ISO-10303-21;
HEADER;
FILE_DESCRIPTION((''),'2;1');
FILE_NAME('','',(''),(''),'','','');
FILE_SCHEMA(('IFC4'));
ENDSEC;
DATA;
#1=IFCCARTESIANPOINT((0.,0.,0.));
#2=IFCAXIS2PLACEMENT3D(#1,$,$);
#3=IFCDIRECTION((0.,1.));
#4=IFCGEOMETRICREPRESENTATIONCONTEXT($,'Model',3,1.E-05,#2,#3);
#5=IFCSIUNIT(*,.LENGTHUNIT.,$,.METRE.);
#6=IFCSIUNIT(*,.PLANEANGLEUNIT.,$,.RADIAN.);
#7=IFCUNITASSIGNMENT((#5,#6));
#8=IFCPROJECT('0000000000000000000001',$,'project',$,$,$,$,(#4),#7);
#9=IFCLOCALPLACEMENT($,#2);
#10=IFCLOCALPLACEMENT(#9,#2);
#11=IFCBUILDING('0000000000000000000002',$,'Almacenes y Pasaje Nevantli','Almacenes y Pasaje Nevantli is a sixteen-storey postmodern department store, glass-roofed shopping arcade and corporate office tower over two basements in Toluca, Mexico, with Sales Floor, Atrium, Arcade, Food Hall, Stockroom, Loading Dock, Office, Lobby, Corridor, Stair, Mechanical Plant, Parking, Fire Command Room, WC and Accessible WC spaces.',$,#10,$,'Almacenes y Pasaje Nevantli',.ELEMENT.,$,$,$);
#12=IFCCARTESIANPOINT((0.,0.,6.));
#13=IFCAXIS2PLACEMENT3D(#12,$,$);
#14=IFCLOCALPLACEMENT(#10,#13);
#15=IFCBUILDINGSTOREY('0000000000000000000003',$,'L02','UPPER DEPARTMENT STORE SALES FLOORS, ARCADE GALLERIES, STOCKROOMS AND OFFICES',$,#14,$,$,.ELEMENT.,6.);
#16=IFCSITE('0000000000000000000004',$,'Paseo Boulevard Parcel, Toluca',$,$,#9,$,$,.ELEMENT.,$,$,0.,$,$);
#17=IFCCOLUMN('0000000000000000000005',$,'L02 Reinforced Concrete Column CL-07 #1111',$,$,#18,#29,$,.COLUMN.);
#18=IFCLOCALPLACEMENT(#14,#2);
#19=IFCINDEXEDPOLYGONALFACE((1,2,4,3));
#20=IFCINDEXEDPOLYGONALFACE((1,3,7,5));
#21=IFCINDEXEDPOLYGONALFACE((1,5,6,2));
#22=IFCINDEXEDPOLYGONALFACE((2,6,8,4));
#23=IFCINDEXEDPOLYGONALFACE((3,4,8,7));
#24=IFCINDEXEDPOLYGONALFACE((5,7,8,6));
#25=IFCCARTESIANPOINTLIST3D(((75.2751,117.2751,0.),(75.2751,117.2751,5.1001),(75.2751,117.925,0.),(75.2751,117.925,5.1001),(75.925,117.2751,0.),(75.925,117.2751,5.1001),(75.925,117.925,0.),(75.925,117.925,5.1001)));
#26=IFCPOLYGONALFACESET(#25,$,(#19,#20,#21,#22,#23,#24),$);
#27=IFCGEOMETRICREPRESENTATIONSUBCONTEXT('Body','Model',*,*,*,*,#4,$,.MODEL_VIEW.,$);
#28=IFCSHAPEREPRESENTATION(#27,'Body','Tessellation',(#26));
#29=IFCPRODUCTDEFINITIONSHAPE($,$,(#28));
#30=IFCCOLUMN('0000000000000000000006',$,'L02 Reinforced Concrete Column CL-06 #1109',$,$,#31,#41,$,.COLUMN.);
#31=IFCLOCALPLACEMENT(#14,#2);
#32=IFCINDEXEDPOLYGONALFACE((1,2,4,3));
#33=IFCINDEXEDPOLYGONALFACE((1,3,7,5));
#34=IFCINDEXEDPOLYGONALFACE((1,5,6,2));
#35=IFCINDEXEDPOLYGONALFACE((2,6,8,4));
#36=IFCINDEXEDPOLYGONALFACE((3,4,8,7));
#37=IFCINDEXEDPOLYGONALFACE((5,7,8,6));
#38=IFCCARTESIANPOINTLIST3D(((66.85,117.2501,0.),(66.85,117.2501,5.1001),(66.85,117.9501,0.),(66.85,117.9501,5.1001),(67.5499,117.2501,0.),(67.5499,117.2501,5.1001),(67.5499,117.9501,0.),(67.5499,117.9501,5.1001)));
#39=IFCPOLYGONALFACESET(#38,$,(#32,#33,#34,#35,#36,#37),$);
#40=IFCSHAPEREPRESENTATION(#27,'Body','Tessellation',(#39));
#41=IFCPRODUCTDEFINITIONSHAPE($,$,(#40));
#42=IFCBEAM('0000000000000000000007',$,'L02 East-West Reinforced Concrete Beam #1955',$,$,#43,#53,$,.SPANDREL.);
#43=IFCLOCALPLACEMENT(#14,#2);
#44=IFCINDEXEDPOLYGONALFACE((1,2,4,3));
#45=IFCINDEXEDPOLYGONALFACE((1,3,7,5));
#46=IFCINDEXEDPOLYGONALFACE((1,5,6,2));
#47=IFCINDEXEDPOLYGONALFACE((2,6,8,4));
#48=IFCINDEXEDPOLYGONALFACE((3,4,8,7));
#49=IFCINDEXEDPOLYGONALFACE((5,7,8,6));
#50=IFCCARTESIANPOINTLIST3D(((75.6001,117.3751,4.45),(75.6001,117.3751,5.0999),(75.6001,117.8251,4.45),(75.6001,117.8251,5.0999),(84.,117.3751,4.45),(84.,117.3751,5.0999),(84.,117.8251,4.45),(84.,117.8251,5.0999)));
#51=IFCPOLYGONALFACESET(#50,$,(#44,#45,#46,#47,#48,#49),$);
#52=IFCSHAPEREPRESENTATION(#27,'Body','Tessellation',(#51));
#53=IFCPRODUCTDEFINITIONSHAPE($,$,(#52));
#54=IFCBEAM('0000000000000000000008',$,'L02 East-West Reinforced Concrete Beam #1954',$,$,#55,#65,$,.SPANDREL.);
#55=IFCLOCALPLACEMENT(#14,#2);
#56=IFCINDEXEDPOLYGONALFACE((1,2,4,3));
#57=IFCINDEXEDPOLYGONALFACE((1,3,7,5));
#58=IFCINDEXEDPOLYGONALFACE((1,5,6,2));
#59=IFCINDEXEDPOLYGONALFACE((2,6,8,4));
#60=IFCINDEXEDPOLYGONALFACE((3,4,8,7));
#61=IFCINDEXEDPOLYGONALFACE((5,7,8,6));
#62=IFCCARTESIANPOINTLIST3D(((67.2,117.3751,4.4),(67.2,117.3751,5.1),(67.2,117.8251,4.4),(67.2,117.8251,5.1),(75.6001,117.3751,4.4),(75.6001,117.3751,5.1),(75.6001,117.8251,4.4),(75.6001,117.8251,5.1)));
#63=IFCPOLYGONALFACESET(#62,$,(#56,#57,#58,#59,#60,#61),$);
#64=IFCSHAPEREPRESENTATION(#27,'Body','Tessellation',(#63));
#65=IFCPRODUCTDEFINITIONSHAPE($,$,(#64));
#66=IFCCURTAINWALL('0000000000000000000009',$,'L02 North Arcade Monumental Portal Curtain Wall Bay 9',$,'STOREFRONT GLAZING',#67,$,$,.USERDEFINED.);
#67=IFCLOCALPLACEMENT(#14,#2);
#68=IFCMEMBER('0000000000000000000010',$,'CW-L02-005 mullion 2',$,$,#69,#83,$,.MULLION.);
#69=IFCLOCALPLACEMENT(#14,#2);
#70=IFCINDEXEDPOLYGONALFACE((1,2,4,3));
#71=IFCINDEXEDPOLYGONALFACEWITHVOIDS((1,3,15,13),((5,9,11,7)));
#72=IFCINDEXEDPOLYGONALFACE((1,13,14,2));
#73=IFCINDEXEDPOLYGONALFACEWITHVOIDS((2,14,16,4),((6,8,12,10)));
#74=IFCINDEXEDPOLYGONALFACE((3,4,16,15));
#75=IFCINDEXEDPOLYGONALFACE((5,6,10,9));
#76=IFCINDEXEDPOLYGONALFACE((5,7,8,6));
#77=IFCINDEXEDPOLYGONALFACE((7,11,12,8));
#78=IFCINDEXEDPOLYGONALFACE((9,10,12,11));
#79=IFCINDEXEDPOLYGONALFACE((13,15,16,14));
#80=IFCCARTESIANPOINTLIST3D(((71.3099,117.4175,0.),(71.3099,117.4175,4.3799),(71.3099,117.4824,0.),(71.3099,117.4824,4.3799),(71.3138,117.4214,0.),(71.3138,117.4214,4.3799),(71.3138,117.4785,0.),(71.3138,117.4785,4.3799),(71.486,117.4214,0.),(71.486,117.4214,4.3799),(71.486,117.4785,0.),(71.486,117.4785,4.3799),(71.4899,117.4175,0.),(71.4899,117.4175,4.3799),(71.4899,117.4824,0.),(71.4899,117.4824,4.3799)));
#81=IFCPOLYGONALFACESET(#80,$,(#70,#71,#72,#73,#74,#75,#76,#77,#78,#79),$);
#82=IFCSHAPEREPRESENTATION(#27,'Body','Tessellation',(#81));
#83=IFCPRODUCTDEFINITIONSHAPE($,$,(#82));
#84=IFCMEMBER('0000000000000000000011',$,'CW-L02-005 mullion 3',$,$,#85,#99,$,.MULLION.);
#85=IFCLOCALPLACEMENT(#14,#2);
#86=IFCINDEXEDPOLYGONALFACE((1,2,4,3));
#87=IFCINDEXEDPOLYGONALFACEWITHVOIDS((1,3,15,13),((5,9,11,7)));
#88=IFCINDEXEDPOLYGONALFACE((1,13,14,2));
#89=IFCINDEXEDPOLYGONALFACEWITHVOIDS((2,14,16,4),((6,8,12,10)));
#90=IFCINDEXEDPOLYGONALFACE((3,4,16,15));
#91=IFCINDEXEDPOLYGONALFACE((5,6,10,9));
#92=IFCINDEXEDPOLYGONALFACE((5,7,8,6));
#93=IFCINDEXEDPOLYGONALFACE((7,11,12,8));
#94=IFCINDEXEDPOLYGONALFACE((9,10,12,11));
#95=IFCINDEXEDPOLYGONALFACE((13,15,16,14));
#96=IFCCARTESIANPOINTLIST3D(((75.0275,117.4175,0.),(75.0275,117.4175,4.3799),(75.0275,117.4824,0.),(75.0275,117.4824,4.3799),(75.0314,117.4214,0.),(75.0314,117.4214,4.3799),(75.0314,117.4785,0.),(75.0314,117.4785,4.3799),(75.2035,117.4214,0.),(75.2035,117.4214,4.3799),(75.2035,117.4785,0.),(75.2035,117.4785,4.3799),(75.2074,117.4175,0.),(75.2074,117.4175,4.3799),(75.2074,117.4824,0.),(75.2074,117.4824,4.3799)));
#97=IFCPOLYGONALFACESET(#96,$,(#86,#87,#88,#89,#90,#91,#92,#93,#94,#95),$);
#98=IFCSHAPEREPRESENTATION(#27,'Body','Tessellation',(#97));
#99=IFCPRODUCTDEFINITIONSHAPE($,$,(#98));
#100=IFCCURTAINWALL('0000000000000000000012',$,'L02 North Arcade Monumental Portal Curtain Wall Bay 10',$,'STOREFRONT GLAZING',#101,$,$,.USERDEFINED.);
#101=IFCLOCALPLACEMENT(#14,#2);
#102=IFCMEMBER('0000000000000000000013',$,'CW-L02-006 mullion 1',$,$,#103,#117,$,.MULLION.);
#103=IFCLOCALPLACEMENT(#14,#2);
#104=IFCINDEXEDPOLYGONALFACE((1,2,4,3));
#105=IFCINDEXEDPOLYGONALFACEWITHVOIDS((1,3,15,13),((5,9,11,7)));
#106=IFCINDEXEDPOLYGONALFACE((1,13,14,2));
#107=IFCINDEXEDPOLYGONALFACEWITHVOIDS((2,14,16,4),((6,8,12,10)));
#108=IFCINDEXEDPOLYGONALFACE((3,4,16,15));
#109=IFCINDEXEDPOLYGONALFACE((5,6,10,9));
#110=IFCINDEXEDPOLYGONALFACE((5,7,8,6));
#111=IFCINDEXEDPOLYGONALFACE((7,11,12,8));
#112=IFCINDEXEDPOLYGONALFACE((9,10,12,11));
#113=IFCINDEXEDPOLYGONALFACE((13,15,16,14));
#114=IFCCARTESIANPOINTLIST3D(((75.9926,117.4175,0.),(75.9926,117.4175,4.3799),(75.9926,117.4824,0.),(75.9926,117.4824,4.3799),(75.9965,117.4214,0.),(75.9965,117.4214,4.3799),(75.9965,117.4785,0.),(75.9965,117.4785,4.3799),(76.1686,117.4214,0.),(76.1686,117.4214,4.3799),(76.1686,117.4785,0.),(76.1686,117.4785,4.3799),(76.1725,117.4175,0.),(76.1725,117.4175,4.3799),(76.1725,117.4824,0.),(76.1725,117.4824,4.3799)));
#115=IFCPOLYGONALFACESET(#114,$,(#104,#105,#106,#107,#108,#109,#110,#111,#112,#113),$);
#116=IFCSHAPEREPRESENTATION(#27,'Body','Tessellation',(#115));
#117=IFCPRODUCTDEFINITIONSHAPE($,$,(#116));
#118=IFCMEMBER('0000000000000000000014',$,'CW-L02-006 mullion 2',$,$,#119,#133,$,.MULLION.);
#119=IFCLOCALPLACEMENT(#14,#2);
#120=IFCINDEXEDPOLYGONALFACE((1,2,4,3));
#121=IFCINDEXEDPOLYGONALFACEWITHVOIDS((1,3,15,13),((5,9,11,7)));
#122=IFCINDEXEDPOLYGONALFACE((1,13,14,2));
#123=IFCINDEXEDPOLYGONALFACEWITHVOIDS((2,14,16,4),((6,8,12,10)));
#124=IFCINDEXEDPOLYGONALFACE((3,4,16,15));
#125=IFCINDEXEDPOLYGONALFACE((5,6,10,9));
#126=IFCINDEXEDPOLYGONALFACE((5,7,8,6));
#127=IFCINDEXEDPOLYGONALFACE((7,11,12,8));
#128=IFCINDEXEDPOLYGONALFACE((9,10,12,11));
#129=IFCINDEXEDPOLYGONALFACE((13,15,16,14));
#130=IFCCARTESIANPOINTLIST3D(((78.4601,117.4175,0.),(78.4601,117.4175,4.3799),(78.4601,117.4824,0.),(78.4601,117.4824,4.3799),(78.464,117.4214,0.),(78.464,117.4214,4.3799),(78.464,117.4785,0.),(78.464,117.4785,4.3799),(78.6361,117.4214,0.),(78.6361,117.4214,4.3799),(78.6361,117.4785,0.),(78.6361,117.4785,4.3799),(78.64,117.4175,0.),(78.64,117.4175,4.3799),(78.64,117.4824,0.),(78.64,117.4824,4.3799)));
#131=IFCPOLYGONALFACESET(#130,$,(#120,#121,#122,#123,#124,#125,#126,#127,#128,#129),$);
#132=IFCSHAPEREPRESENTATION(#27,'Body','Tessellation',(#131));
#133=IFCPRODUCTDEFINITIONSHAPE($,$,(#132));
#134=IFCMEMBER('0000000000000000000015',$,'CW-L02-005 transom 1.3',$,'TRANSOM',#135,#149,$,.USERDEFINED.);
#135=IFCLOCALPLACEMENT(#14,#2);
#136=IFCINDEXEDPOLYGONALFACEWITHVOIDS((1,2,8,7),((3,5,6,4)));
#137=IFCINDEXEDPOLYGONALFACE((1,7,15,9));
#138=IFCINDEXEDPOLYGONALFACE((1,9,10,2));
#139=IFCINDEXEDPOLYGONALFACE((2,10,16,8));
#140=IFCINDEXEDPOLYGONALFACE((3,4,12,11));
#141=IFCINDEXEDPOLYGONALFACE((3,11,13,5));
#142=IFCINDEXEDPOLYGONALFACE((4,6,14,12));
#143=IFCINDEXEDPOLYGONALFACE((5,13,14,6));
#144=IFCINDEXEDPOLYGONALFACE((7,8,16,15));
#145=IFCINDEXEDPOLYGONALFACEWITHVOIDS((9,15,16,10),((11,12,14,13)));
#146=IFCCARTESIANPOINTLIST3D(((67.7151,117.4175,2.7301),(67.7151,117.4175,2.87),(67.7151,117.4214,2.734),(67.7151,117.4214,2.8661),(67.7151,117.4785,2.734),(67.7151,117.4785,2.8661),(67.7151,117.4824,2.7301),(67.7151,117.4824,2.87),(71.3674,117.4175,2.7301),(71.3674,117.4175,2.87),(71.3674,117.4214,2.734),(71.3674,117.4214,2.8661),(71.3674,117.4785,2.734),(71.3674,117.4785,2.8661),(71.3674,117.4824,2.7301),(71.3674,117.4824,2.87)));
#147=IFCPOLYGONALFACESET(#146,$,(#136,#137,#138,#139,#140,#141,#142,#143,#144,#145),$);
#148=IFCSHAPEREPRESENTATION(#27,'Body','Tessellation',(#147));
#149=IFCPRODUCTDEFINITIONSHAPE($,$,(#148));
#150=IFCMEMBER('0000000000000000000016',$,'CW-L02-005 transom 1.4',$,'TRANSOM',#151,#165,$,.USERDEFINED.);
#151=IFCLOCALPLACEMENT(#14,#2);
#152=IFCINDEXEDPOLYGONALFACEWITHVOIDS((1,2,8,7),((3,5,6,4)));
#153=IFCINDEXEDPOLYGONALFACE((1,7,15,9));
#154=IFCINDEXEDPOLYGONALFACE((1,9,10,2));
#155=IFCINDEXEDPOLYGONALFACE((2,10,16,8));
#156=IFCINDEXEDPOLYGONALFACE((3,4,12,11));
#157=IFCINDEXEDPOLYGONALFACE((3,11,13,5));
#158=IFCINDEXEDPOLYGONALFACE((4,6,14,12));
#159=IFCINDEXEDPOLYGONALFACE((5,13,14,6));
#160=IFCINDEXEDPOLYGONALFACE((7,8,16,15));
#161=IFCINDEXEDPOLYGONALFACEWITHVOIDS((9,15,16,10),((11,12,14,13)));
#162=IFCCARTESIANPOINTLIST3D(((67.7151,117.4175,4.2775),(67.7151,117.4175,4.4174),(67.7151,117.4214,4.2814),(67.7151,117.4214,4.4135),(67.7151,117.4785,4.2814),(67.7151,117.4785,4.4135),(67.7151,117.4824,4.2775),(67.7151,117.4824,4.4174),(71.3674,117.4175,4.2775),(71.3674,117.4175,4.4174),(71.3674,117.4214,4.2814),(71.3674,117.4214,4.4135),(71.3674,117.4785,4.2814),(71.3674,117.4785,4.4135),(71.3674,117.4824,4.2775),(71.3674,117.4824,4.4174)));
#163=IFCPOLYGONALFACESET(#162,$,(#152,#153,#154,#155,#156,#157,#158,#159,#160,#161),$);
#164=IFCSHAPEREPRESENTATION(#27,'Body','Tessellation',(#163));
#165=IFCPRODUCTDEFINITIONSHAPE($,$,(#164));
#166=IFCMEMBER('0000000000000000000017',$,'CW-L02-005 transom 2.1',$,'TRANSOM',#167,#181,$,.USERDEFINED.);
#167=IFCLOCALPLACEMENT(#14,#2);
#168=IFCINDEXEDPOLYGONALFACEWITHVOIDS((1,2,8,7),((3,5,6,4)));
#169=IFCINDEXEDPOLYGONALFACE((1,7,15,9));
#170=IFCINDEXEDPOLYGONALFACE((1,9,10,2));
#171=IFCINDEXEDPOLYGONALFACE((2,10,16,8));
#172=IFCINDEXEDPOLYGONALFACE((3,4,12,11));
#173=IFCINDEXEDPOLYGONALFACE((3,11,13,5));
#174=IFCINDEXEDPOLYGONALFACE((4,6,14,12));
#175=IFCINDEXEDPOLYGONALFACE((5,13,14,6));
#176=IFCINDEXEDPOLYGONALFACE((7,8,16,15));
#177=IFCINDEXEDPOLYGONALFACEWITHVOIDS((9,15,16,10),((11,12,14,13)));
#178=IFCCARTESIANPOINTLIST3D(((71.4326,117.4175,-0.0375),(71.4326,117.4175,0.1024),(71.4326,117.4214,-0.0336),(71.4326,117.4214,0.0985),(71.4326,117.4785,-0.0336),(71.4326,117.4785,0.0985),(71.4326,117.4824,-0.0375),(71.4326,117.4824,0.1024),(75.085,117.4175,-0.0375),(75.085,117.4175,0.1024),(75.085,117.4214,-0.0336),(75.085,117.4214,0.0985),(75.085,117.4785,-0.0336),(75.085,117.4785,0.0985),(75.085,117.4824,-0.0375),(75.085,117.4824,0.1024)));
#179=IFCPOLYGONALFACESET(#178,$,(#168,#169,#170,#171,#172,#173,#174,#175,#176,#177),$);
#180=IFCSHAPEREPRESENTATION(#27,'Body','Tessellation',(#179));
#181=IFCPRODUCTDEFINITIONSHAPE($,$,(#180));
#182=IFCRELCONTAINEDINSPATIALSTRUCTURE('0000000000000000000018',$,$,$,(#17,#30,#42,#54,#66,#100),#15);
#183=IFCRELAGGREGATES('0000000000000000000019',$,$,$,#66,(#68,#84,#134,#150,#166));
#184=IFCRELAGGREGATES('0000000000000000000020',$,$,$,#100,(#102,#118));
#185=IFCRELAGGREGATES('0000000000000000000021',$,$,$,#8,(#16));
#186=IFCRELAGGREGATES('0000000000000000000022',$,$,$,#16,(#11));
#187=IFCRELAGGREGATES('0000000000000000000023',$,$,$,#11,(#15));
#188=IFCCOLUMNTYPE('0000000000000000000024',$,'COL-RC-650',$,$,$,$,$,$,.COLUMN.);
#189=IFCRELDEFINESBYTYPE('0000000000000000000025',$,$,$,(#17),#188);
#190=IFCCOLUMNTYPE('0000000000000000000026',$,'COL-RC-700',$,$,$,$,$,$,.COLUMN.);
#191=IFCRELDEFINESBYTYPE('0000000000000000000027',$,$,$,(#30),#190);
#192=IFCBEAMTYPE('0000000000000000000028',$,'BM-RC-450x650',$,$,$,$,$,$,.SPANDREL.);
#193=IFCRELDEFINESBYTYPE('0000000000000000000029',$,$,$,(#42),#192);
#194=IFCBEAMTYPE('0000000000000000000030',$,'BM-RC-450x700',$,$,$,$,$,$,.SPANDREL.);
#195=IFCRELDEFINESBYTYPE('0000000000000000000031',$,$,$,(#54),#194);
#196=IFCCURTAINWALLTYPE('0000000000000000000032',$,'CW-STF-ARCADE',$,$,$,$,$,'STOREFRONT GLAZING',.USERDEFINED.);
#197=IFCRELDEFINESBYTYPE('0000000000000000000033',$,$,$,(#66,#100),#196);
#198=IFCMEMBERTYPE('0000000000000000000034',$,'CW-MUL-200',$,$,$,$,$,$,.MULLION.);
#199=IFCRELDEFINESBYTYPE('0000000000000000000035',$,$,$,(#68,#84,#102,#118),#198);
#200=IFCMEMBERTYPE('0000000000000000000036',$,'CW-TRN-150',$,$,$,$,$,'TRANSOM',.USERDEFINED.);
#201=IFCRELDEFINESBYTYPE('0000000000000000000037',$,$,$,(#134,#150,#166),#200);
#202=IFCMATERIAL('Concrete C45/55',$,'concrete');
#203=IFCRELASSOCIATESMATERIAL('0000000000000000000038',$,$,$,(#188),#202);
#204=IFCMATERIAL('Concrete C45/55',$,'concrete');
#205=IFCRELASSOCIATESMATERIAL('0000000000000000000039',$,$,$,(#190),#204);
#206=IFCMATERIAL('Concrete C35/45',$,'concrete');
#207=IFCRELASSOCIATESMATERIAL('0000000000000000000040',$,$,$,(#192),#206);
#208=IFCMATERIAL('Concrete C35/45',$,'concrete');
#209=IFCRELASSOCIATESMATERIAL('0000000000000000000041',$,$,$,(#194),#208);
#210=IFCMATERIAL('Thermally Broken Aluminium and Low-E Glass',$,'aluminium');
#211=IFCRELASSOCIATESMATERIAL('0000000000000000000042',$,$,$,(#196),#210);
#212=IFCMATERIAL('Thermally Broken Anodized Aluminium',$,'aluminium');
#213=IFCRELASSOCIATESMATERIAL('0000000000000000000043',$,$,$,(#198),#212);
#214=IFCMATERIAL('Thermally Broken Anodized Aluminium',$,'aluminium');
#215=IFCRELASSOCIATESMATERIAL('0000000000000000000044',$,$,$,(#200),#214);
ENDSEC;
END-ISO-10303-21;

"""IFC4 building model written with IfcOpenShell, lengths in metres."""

from ifc_helpers import new_model, si_unit, direction, frame, origin, origin_2d, place, context, subcontext, project, spatial, rectangle, hollow_rectangle, extrude, material, material_profile, profile_set, type_object, element, aggregate, save


model = new_model("IFC4")

# Units and contexts
model_context = context("Model", 3, precision=1e-05, world=origin(), true_north=direction((0.0, 1.0)))
body_context = subcontext(model_context, "Body", "Model", "MODEL_VIEW")
ifc_project = project(units=[si_unit("LENGTHUNIT", "METRE"), si_unit("PLANEANGLEUNIT", "RADIAN")], contexts=[model_context])

# Site, building, storey
site_placement = place(None, origin())
site = spatial("IfcSite", under=ifc_project, at=site_placement, Name="Paseo Boulevard Parcel, Toluca", CompositionType="ELEMENT", RefElevation=0.0)
building_placement = place(site_placement, origin())
building = spatial("IfcBuilding", under=site, at=building_placement, Name="Almacenes y Pasaje Nevantli", Description="Almacenes y Pasaje Nevantli is a sixteen-storey postmodern department store, glass-roofed shopping arcade and corporate office tower over two basements in Toluca, Mexico, with Sales Floor, Atrium, Arcade, Food Hall, Stockroom, Loading Dock, Office, Lobby, Corridor, Stair, Mechanical Plant, Parking, Fire Command Room, WC and Accessible WC spaces.", LongName="Almacenes y Pasaje Nevantli", CompositionType="ELEMENT")
storey_placement = place(building_placement, frame((0.0, 0.0, 6.0)))
storey = spatial("IfcBuildingStorey", under=building, at=storey_placement, Name="L02", Description="UPPER DEPARTMENT STORE SALES FLOORS, ARCADE GALLERIES, STOCKROOMS AND OFFICES", CompositionType="ELEMENT", Elevation=6.0)

# Columns
ifc_material_1 = material(Name="Concrete C45/55", Category="concrete")
ifc_material_profile_1 = material_profile(ifc_material_1, rectangle(XDim=0.6499, YDim=0.6499, at=origin_2d()), Name="RC-COL-650x650")
ifc_profile_set_1 = profile_set([ifc_material_profile_1], Name="Concrete C45/55")
column_type_1 = type_object("IfcColumnType", Name="COL-RC-650", PredefinedType="COLUMN", material=ifc_profile_set_1)
column_1_placement = place(storey_placement, frame((75.6001, 117.6001, 0.0), z_axis=(0.0, 0.0, 1.0), x_axis=(1.0, 0.0, 0.0)))
element("IfcColumn", 1, at=column_1_placement, inside=storey, type_object=column_type_1, Name="L02 Reinforced Concrete Column CL-07 #1111", PredefinedType="COLUMN", context=body_context, shape_type="SweptSolid", body=[
    extrude(rectangle(XDim=0.6499, YDim=0.6499, at=origin_2d()), origin(), (0.0, 0.0, 1.0), 5.1001),
])
ifc_material_2 = material(Name="Concrete C45/55", Category="concrete")
ifc_material_profile_2 = material_profile(ifc_material_2, rectangle(XDim=0.7, YDim=0.7, at=origin_2d()), Name="RC-COL-700x700")
ifc_profile_set_2 = profile_set([ifc_material_profile_2], Name="Concrete C45/55")
column_type_2 = type_object("IfcColumnType", Name="COL-RC-700", PredefinedType="COLUMN", material=ifc_profile_set_2)
column_2_placement = place(storey_placement, frame((67.2, 117.6001, 0.0), z_axis=(0.0, 0.0, 1.0), x_axis=(1.0, 0.0, 0.0)))
element("IfcColumn", 2, at=column_2_placement, inside=storey, type_object=column_type_2, Name="L02 Reinforced Concrete Column CL-06 #1109", PredefinedType="COLUMN", context=body_context, shape_type="SweptSolid", body=[
    extrude(rectangle(XDim=0.7, YDim=0.7, at=origin_2d()), origin(), (0.0, 0.0, 1.0), 5.1001),
])

# Beams
ifc_material_3 = material(Name="Concrete C35/45", Category="concrete")
ifc_material_profile_3 = material_profile(ifc_material_3, rectangle(XDim=0.45, YDim=0.6499, at=origin_2d()), Name="RC-BM-450x650")
ifc_profile_set_3 = profile_set([ifc_material_profile_3], Name="Concrete C35/45")
beam_type_1 = type_object("IfcBeamType", Name="BM-RC-450x650", PredefinedType="SPANDREL", material=ifc_profile_set_3)
beam_1_placement = place(storey_placement, frame((75.6001, 117.6001, 4.7749), z_axis=(1.0, 0.0, 0.0), x_axis=(0.0, 1.0, 0.0)))
element("IfcBeam", 3, at=beam_1_placement, inside=storey, type_object=beam_type_1, Name="L02 East-West Reinforced Concrete Beam #1955", PredefinedType="SPANDREL", context=body_context, shape_type="SweptSolid", body=[
    extrude(rectangle(XDim=0.45, YDim=0.6499, at=origin_2d()), origin(), (0.0, 0.0, 1.0), 8.3999),
])
ifc_material_4 = material(Name="Concrete C35/45", Category="concrete")
ifc_material_profile_4 = material_profile(ifc_material_4, rectangle(XDim=0.45, YDim=0.7, at=origin_2d()), Name="RC-BM-450x700")
ifc_profile_set_4 = profile_set([ifc_material_profile_4], Name="Concrete C35/45")
beam_type_2 = type_object("IfcBeamType", Name="BM-RC-450x700", PredefinedType="SPANDREL", material=ifc_profile_set_4)
beam_2_placement = place(storey_placement, frame((67.2, 117.6001, 4.75), z_axis=(1.0, 0.0, 0.0), x_axis=(0.0, 1.0, 0.0)))
element("IfcBeam", 4, at=beam_2_placement, inside=storey, type_object=beam_type_2, Name="L02 East-West Reinforced Concrete Beam #1954", PredefinedType="SPANDREL", context=body_context, shape_type="SweptSolid", body=[
    extrude(rectangle(XDim=0.45, YDim=0.7, at=origin_2d()), origin(), (0.0, 0.0, 1.0), 8.4001),
])

# Curtain walls, members
ifc_material_5 = material(Name="Thermally Broken Aluminium and Low-E Glass", Category="aluminium")
curtain_wall_type = type_object("IfcCurtainWallType", Name="CW-STF-ARCADE", ElementType="STOREFRONT GLAZING", PredefinedType="USERDEFINED", material=ifc_material_5)
curtain_wall_1_placement = place(storey_placement, origin())
curtain_wall_1 = element("IfcCurtainWall", 5, at=curtain_wall_1_placement, inside=storey, type_object=curtain_wall_type, Name="L02 North Arcade Monumental Portal Curtain Wall Bay 9", ObjectType="STOREFRONT GLAZING", PredefinedType="USERDEFINED")
ifc_material_6 = material(Name="Thermally Broken Anodized Aluminium", Category="aluminium")
ifc_material_profile_5 = material_profile(ifc_material_6, hollow_rectangle(XDim=0.0649, YDim=0.1799, WallThickness=0.0039, at=origin_2d()), Name="ALU-MUL-65x180")
ifc_profile_set_5 = profile_set([ifc_material_profile_5], Name="Thermally Broken Anodized Aluminium")
member_type_1 = type_object("IfcMemberType", Name="CW-MUL-200", PredefinedType="MULLION", material=ifc_profile_set_5)
member_1_placement = place(storey_placement, frame((71.3999, 117.45, 0.0), z_axis=(0.0, 0.0, 1.0), x_axis=(0.0, 1.0, 0.0)))
member_1 = element("IfcMember", 6, at=member_1_placement, type_object=member_type_1, Name="CW-L02-005 mullion 2", PredefinedType="MULLION", context=body_context, shape_type="SweptSolid", body=[
    extrude(hollow_rectangle(XDim=0.0649, YDim=0.1799, WallThickness=0.0039, at=origin_2d()), origin(), (0.0, 0.0, 1.0), 4.3799),
])
member_2_placement = place(storey_placement, frame((75.1174, 117.45, 0.0), z_axis=(0.0, 0.0, 1.0), x_axis=(0.0, 1.0, 0.0)))
member_2 = element("IfcMember", 7, at=member_2_placement, type_object=member_type_1, Name="CW-L02-005 mullion 3", PredefinedType="MULLION", context=body_context, shape_type="SweptSolid", body=[
    extrude(hollow_rectangle(XDim=0.0649, YDim=0.1799, WallThickness=0.0039, at=origin_2d()), origin(), (0.0, 0.0, 1.0), 4.3799),
])
curtain_wall_2_placement = place(storey_placement, origin())
curtain_wall_2 = element("IfcCurtainWall", 8, at=curtain_wall_2_placement, inside=storey, type_object=curtain_wall_type, Name="L02 North Arcade Monumental Portal Curtain Wall Bay 10", ObjectType="STOREFRONT GLAZING", PredefinedType="USERDEFINED")
member_3_placement = place(storey_placement, frame((76.0825, 117.45, 0.0), z_axis=(0.0, 0.0, 1.0), x_axis=(0.0, 1.0, 0.0)))
member_3 = element("IfcMember", 9, at=member_3_placement, type_object=member_type_1, Name="CW-L02-006 mullion 1", PredefinedType="MULLION", context=body_context, shape_type="SweptSolid", body=[
    extrude(hollow_rectangle(XDim=0.0649, YDim=0.1799, WallThickness=0.0039, at=origin_2d()), origin(), (0.0, 0.0, 1.0), 4.3799),
])
member_4_placement = place(storey_placement, frame((78.55, 117.45, 0.0), z_axis=(0.0, 0.0, 1.0), x_axis=(0.0, 1.0, 0.0)))
member_4 = element("IfcMember", 10, at=member_4_placement, type_object=member_type_1, Name="CW-L02-006 mullion 2", PredefinedType="MULLION", context=body_context, shape_type="SweptSolid", body=[
    extrude(hollow_rectangle(XDim=0.0649, YDim=0.1799, WallThickness=0.0039, at=origin_2d()), origin(), (0.0, 0.0, 1.0), 4.3799),
])

# Members
ifc_material_7 = material(Name="Thermally Broken Anodized Aluminium", Category="aluminium")
ifc_material_profile_6 = material_profile(ifc_material_7, hollow_rectangle(XDim=0.0649, YDim=0.1399, WallThickness=0.0039, at=origin_2d()), Name="ALU-TRN-65x140")
ifc_profile_set_6 = profile_set([ifc_material_profile_6], Name="Thermally Broken Anodized Aluminium")
member_type_2 = type_object("IfcMemberType", Name="CW-TRN-150", ElementType="TRANSOM", PredefinedType="USERDEFINED", material=ifc_profile_set_6)
member_5_placement = place(storey_placement, frame((67.7151, 117.45, 2.8), z_axis=(1.0, 0.0, 0.0), x_axis=(0.0, 1.0, 0.0)))
member_5 = element("IfcMember", 11, at=member_5_placement, type_object=member_type_2, Name="CW-L02-005 transom 1.3", ObjectType="TRANSOM", PredefinedType="USERDEFINED", context=body_context, shape_type="SweptSolid", body=[
    extrude(hollow_rectangle(XDim=0.0649, YDim=0.1399, WallThickness=0.0039, at=origin_2d()), origin(), (0.0, 0.0, 1.0), 3.6523),
])
member_6_placement = place(storey_placement, frame((67.7151, 117.45, 4.3474), z_axis=(1.0, 0.0, 0.0), x_axis=(0.0, 1.0, 0.0)))
member_6 = element("IfcMember", 12, at=member_6_placement, type_object=member_type_2, Name="CW-L02-005 transom 1.4", ObjectType="TRANSOM", PredefinedType="USERDEFINED", context=body_context, shape_type="SweptSolid", body=[
    extrude(hollow_rectangle(XDim=0.0649, YDim=0.1399, WallThickness=0.0039, at=origin_2d()), origin(), (0.0, 0.0, 1.0), 3.6523),
])
member_7_placement = place(storey_placement, frame((71.4326, 117.45, 0.0325), z_axis=(1.0, 0.0, 0.0), x_axis=(0.0, 1.0, 0.0)))
member_7 = element("IfcMember", 13, at=member_7_placement, type_object=member_type_2, Name="CW-L02-005 transom 2.1", ObjectType="TRANSOM", PredefinedType="USERDEFINED", context=body_context, shape_type="SweptSolid", body=[
    extrude(hollow_rectangle(XDim=0.0649, YDim=0.1399, WallThickness=0.0039, at=origin_2d()), origin(), (0.0, 0.0, 1.0), 3.6523),
])

aggregate(curtain_wall_1, [member_1, member_2, member_5, member_6, member_7])
aggregate(curtain_wall_2, [member_3, member_4])

save(model, "model.ifc")
